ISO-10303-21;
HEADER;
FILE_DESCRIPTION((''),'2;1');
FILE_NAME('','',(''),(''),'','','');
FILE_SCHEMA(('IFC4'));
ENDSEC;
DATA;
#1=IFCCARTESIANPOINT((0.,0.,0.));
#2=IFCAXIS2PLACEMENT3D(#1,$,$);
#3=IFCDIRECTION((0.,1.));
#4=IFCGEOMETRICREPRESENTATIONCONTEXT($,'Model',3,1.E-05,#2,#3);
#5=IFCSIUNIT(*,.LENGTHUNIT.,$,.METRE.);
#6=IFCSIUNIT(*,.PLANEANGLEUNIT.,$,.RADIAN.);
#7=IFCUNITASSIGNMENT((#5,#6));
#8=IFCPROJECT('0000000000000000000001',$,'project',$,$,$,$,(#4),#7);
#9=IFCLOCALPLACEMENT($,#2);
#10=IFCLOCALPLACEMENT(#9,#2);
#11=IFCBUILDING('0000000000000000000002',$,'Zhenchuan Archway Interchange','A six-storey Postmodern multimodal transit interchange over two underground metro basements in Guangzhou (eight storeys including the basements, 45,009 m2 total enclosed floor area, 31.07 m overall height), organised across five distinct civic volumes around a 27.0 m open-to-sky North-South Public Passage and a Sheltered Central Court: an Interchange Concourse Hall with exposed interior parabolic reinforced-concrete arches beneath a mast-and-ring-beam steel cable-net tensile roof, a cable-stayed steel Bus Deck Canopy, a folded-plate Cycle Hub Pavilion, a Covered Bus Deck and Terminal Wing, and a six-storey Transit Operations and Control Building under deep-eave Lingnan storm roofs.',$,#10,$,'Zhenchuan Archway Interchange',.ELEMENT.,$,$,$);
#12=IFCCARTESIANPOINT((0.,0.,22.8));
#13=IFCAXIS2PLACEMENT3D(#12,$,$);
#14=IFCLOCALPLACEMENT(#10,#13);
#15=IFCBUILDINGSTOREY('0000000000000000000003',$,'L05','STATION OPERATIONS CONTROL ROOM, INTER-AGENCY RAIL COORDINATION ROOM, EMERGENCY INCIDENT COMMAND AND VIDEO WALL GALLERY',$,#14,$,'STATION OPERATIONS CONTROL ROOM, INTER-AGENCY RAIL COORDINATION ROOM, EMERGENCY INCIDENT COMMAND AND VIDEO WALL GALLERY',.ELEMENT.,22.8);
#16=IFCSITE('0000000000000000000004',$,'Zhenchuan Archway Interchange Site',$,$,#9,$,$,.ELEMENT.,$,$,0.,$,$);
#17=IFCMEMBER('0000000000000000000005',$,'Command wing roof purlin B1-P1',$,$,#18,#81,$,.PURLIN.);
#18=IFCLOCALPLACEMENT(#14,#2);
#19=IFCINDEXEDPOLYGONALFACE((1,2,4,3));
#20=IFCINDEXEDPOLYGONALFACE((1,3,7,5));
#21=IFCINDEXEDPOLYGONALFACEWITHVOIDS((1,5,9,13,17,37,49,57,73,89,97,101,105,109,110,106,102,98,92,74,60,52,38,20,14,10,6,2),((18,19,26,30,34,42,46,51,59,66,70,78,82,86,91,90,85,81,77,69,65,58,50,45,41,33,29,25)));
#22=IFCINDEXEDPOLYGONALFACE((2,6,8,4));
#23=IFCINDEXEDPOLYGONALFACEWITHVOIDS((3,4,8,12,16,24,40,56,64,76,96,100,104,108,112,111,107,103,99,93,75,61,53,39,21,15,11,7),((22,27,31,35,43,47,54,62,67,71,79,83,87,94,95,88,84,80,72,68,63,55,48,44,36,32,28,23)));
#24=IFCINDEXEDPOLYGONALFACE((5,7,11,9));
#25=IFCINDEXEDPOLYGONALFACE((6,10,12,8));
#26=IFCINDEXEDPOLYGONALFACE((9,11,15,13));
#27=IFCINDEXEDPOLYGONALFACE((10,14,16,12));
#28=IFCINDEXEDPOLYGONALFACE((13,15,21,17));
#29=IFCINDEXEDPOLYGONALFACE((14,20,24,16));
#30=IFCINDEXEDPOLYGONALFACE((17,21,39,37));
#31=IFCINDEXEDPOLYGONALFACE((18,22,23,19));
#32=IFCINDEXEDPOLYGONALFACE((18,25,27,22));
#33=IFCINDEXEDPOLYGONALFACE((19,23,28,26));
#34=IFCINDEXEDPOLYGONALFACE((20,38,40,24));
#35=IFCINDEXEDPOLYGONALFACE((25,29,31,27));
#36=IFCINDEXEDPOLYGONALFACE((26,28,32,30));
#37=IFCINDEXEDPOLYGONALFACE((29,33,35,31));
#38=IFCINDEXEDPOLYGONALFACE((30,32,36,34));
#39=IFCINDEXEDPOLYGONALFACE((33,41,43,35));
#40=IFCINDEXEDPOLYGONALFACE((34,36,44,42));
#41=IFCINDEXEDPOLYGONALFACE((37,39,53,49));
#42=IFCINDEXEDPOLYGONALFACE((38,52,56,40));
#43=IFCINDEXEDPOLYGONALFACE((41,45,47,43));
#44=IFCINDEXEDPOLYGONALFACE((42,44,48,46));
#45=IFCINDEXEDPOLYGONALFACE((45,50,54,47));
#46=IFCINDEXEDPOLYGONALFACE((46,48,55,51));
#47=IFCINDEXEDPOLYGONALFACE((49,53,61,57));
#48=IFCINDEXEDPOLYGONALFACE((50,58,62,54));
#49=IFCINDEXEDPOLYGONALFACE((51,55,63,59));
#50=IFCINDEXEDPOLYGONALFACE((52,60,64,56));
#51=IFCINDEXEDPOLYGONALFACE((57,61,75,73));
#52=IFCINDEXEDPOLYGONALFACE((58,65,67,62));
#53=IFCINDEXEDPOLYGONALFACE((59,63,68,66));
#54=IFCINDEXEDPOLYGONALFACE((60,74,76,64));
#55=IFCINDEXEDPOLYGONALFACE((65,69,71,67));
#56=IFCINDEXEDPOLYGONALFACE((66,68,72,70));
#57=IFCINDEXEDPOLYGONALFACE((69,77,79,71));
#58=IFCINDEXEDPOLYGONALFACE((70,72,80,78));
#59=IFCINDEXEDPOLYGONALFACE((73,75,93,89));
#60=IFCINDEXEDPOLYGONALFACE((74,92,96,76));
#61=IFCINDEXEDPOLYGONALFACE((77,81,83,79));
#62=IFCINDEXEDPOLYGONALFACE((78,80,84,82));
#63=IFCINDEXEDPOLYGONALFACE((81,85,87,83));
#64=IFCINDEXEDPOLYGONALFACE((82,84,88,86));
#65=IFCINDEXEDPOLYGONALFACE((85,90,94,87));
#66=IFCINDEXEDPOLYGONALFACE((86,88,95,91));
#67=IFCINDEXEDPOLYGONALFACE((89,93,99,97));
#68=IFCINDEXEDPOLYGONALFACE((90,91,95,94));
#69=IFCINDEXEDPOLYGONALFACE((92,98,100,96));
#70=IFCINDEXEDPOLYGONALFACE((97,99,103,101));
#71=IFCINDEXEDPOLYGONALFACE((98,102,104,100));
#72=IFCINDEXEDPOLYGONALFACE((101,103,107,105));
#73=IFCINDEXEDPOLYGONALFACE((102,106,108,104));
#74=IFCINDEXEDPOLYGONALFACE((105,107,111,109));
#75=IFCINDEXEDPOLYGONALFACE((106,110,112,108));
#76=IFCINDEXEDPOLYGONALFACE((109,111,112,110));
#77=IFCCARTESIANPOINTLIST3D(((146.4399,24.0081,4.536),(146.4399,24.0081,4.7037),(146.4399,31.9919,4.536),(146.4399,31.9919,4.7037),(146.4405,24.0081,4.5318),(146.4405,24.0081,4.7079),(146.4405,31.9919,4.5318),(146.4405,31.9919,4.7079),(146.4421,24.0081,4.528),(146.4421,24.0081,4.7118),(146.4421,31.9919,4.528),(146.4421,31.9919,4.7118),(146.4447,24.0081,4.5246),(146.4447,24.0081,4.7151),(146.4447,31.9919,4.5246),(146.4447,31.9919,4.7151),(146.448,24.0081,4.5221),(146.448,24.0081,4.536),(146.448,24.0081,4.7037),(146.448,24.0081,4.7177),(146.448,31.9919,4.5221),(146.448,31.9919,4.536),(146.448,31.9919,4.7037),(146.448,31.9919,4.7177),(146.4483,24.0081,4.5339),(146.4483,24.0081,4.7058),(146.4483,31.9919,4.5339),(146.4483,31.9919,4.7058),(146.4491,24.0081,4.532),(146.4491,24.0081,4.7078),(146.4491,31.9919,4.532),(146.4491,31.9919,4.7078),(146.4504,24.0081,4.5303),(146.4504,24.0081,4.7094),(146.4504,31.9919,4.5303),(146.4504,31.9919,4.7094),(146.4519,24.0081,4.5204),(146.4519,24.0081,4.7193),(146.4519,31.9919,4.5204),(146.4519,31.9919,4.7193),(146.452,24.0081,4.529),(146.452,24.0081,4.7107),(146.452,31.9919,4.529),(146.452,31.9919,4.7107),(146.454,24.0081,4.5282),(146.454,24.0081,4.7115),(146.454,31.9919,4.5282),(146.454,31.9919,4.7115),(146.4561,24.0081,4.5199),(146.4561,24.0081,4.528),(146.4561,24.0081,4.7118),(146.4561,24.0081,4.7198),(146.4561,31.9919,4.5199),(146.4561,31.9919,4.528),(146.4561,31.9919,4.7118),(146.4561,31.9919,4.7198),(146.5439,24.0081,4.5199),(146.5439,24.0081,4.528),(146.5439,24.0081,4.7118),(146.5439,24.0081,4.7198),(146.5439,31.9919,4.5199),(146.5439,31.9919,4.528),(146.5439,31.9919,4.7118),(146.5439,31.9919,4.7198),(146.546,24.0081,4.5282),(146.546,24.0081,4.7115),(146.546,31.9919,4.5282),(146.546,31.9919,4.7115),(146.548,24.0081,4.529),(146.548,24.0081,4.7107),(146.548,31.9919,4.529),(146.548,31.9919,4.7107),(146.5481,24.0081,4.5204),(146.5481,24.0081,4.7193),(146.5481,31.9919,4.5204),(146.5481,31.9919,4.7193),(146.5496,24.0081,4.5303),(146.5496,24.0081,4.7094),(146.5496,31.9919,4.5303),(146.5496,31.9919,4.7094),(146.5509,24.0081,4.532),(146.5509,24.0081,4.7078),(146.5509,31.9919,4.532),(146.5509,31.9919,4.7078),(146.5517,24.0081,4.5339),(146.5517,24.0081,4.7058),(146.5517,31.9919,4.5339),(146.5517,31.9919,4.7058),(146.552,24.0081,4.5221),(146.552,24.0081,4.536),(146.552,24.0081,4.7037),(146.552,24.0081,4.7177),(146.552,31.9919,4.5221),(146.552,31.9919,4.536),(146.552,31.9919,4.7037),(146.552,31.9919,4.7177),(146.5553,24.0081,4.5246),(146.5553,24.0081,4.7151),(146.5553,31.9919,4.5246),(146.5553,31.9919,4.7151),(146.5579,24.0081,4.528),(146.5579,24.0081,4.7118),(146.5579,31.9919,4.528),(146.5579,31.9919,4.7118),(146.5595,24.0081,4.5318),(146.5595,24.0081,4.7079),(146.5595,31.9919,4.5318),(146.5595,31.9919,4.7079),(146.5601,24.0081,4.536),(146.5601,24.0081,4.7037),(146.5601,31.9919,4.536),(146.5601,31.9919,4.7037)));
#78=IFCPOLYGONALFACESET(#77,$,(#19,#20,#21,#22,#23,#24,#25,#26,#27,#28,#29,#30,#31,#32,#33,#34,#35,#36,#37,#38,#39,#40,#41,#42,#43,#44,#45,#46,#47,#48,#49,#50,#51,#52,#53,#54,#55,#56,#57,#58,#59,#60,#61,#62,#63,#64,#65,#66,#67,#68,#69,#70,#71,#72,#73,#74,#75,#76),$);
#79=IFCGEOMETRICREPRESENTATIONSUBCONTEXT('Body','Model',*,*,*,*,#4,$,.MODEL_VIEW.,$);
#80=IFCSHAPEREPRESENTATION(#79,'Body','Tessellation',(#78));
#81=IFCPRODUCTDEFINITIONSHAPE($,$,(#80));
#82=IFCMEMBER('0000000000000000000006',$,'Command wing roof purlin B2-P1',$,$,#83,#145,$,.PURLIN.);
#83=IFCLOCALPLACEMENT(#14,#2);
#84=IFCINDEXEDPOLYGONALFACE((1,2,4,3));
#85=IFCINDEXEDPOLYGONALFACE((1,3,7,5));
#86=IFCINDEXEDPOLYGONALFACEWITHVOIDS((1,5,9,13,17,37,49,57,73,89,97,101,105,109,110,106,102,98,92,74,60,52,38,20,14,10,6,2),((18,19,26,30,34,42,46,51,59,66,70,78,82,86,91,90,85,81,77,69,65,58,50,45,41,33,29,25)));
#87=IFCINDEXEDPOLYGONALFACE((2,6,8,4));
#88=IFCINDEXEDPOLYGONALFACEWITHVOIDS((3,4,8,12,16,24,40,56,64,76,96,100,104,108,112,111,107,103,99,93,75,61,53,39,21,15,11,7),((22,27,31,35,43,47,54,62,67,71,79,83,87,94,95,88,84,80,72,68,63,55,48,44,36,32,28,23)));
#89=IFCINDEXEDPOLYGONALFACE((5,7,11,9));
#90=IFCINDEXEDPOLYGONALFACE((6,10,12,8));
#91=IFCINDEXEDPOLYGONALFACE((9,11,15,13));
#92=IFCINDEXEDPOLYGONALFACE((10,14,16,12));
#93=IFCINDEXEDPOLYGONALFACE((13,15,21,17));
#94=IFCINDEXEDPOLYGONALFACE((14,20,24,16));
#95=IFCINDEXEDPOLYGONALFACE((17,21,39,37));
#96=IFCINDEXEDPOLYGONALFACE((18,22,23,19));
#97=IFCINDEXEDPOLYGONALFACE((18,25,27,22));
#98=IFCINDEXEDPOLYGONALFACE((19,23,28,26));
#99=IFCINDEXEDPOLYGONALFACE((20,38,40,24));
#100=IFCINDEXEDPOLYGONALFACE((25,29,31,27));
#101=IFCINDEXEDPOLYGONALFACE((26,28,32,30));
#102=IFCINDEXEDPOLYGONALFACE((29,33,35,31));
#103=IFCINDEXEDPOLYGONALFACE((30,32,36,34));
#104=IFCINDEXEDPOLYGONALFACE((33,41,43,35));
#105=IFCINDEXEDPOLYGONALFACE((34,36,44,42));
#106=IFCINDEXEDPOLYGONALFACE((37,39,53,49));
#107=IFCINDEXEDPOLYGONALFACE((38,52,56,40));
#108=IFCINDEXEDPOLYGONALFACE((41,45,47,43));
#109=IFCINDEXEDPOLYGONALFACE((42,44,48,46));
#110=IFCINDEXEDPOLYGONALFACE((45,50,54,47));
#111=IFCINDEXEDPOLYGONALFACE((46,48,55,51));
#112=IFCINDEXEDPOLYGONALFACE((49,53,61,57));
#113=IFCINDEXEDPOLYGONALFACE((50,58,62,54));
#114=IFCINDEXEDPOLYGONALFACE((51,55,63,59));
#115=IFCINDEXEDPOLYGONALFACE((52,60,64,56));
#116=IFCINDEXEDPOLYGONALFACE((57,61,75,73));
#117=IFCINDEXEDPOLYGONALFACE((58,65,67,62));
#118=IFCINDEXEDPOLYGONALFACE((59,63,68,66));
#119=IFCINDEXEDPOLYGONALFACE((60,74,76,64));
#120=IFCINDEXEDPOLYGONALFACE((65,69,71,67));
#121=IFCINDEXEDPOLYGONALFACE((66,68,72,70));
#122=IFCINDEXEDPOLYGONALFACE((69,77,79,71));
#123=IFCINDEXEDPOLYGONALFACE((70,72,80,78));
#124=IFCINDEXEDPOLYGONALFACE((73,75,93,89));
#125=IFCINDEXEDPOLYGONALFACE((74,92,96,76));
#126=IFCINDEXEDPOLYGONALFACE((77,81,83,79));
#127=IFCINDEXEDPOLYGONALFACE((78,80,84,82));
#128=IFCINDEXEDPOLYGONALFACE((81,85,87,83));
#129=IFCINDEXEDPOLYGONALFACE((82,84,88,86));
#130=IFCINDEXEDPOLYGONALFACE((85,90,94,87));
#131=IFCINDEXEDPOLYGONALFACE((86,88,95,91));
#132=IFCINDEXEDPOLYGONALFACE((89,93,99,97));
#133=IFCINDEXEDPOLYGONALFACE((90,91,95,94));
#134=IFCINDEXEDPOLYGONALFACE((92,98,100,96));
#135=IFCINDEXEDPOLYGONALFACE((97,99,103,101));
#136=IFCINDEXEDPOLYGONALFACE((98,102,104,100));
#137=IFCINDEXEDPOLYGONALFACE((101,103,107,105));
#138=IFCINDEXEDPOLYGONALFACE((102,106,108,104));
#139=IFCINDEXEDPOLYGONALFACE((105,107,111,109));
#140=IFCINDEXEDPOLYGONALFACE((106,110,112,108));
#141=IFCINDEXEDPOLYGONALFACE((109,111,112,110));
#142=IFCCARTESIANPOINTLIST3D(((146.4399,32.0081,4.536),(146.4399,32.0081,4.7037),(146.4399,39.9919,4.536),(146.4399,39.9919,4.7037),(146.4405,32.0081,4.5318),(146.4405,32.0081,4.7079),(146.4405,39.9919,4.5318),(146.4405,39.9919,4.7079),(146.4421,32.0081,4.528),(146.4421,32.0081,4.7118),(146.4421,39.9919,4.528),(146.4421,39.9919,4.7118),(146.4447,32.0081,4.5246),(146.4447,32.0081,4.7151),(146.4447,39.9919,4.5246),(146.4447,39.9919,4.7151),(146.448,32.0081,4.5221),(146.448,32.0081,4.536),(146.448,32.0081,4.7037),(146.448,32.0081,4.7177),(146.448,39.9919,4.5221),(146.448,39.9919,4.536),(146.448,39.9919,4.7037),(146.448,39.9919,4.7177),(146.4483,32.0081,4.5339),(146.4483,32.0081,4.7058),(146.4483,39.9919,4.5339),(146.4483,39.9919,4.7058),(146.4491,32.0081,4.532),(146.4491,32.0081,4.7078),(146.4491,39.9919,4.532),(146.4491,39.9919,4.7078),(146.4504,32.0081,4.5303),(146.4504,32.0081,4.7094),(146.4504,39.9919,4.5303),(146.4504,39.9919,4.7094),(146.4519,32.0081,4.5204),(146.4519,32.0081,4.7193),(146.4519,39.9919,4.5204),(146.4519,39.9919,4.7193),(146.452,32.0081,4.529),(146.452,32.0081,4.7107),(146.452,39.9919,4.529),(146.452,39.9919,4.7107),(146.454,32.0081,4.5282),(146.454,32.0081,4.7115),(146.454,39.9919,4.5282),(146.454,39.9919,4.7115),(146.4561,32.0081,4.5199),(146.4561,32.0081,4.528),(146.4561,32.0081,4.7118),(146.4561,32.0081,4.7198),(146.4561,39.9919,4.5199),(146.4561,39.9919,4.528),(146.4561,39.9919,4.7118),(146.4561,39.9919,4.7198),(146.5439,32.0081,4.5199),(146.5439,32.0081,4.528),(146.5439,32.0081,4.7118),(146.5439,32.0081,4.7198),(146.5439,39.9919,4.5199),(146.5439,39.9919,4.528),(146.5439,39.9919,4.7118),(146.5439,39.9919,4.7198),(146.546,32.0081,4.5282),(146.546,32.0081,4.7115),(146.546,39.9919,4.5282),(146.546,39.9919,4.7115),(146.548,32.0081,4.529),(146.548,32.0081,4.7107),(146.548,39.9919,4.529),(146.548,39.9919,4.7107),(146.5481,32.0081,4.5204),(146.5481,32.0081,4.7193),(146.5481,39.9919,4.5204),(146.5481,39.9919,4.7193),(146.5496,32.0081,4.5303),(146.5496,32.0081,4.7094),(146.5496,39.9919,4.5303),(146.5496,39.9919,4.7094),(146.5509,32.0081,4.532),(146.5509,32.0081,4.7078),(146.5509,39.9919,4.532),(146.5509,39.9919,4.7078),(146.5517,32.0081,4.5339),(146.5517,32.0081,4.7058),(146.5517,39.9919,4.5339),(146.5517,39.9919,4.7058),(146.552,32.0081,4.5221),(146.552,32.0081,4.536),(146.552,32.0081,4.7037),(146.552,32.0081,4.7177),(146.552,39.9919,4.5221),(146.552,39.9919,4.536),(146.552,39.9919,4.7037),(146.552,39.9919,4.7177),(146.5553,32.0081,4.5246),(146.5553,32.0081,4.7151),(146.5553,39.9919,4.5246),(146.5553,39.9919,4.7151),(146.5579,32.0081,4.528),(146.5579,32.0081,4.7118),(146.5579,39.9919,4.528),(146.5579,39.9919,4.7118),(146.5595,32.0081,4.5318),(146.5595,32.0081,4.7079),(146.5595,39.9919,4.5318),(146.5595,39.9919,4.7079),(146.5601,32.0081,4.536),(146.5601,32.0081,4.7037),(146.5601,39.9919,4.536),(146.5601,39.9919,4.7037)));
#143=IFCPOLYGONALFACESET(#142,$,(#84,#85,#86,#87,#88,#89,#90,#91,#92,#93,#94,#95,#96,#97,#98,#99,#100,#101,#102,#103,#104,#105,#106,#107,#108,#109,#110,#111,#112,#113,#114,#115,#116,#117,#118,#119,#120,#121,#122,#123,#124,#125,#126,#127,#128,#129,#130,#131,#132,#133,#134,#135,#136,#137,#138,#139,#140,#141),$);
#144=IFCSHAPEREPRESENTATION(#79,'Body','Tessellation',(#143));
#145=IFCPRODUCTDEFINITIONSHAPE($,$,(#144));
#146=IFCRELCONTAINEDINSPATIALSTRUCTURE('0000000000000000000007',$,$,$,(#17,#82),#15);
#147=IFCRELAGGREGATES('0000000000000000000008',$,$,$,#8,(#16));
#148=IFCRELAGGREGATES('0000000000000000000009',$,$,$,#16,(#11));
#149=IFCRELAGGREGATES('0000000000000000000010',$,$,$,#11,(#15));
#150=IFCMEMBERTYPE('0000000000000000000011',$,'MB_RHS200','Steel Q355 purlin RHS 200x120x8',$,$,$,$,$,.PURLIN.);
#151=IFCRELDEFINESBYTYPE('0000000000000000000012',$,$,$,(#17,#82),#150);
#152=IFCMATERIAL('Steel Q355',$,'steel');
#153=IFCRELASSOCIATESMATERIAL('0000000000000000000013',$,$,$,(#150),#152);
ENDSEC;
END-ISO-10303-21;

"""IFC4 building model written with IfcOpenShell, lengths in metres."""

from ifc_helpers import new_model, si_unit, direction, frame, origin, origin_2d, place, context, subcontext, project, spatial, hollow_rectangle, extrude, material, material_profile, profile_set, type_object, element, save


model = new_model("IFC4")

# Units and contexts
model_context = context("Model", 3, precision=1e-05, world=origin(), true_north=direction((0.0, 1.0)))
body_context = subcontext(model_context, "Body", "Model", "MODEL_VIEW")
ifc_project = project(units=[si_unit("LENGTHUNIT", "METRE"), si_unit("PLANEANGLEUNIT", "RADIAN")], contexts=[model_context])

# Site, building, storey
site_placement = place(None, origin())
site = spatial("IfcSite", under=ifc_project, at=site_placement, Name="Zhenchuan Archway Interchange Site", CompositionType="ELEMENT", RefElevation=0.0)
building_placement = place(site_placement, origin())
building = spatial("IfcBuilding", under=site, at=building_placement, Name="Zhenchuan Archway Interchange", Description="A six-storey Postmodern multimodal transit interchange over two underground metro basements in Guangzhou (eight storeys including the basements, 45,009 m2 total enclosed floor area, 31.07 m overall height), organised across five distinct civic volumes around a 27.0 m open-to-sky North-South Public Passage and a Sheltered Central Court: an Interchange Concourse Hall with exposed interior parabolic reinforced-concrete arches beneath a mast-and-ring-beam steel cable-net tensile roof, a cable-stayed steel Bus Deck Canopy, a folded-plate Cycle Hub Pavilion, a Covered Bus Deck and Terminal Wing, and a six-storey Transit Operations and Control Building under deep-eave Lingnan storm roofs.", LongName="Zhenchuan Archway Interchange", CompositionType="ELEMENT")
storey_placement = place(building_placement, frame((0.0, 0.0, 22.8)))
storey = spatial("IfcBuildingStorey", under=building, at=storey_placement, Name="L05", Description="STATION OPERATIONS CONTROL ROOM, INTER-AGENCY RAIL COORDINATION ROOM, EMERGENCY INCIDENT COMMAND AND VIDEO WALL GALLERY", LongName="STATION OPERATIONS CONTROL ROOM, INTER-AGENCY RAIL COORDINATION ROOM, EMERGENCY INCIDENT COMMAND AND VIDEO WALL GALLERY", CompositionType="ELEMENT", Elevation=22.8)

# Shared definitions
ifc_material_1 = material(Name="Steel Q355", Category="steel")

# Members
ifc_material_profile_1 = material_profile(ifc_material_1, hollow_rectangle(XDim=0.1201, YDim=0.2, WallThickness=0.0081, InnerFilletRadius=0.0081, OuterFilletRadius=0.0161, at=origin_2d()), Name="RHS 200x120x8")
ifc_profile_set_1 = profile_set([ifc_material_profile_1], Name="Steel Q355")
member_type_1 = type_object("IfcMemberType", Name="MB_RHS200", Description="Steel Q355 purlin RHS 200x120x8", PredefinedType="PURLIN", material=ifc_profile_set_1)
for number, where, z_axis, x_axis, name in (
    (1, (146.5, 24.0081, 4.6199), (0.0, 1.0, 0.0), (-1.0, 0.0, 0.0), "Command wing roof purlin B1-P1"),
    (2, (146.5, 32.0081, 4.6199), (0.0, 1.0, 0.0), (-1.0, 0.0, 0.0), "Command wing roof purlin B2-P1"),
):
    element("IfcMember", number, at=place(storey_placement, frame(where, z_axis=z_axis, x_axis=x_axis)), inside=storey, type_object=member_type_1, Name=name, PredefinedType="PURLIN", context=body_context, shape_type="SweptSolid", body=[
        extrude(hollow_rectangle(XDim=0.1201, YDim=0.2, WallThickness=0.0081, InnerFilletRadius=0.0081, OuterFilletRadius=0.0161, at=origin_2d()), origin(), (0.0, 0.0, 1.0), 7.9839),
    ])

save(model, "model.ifc")
